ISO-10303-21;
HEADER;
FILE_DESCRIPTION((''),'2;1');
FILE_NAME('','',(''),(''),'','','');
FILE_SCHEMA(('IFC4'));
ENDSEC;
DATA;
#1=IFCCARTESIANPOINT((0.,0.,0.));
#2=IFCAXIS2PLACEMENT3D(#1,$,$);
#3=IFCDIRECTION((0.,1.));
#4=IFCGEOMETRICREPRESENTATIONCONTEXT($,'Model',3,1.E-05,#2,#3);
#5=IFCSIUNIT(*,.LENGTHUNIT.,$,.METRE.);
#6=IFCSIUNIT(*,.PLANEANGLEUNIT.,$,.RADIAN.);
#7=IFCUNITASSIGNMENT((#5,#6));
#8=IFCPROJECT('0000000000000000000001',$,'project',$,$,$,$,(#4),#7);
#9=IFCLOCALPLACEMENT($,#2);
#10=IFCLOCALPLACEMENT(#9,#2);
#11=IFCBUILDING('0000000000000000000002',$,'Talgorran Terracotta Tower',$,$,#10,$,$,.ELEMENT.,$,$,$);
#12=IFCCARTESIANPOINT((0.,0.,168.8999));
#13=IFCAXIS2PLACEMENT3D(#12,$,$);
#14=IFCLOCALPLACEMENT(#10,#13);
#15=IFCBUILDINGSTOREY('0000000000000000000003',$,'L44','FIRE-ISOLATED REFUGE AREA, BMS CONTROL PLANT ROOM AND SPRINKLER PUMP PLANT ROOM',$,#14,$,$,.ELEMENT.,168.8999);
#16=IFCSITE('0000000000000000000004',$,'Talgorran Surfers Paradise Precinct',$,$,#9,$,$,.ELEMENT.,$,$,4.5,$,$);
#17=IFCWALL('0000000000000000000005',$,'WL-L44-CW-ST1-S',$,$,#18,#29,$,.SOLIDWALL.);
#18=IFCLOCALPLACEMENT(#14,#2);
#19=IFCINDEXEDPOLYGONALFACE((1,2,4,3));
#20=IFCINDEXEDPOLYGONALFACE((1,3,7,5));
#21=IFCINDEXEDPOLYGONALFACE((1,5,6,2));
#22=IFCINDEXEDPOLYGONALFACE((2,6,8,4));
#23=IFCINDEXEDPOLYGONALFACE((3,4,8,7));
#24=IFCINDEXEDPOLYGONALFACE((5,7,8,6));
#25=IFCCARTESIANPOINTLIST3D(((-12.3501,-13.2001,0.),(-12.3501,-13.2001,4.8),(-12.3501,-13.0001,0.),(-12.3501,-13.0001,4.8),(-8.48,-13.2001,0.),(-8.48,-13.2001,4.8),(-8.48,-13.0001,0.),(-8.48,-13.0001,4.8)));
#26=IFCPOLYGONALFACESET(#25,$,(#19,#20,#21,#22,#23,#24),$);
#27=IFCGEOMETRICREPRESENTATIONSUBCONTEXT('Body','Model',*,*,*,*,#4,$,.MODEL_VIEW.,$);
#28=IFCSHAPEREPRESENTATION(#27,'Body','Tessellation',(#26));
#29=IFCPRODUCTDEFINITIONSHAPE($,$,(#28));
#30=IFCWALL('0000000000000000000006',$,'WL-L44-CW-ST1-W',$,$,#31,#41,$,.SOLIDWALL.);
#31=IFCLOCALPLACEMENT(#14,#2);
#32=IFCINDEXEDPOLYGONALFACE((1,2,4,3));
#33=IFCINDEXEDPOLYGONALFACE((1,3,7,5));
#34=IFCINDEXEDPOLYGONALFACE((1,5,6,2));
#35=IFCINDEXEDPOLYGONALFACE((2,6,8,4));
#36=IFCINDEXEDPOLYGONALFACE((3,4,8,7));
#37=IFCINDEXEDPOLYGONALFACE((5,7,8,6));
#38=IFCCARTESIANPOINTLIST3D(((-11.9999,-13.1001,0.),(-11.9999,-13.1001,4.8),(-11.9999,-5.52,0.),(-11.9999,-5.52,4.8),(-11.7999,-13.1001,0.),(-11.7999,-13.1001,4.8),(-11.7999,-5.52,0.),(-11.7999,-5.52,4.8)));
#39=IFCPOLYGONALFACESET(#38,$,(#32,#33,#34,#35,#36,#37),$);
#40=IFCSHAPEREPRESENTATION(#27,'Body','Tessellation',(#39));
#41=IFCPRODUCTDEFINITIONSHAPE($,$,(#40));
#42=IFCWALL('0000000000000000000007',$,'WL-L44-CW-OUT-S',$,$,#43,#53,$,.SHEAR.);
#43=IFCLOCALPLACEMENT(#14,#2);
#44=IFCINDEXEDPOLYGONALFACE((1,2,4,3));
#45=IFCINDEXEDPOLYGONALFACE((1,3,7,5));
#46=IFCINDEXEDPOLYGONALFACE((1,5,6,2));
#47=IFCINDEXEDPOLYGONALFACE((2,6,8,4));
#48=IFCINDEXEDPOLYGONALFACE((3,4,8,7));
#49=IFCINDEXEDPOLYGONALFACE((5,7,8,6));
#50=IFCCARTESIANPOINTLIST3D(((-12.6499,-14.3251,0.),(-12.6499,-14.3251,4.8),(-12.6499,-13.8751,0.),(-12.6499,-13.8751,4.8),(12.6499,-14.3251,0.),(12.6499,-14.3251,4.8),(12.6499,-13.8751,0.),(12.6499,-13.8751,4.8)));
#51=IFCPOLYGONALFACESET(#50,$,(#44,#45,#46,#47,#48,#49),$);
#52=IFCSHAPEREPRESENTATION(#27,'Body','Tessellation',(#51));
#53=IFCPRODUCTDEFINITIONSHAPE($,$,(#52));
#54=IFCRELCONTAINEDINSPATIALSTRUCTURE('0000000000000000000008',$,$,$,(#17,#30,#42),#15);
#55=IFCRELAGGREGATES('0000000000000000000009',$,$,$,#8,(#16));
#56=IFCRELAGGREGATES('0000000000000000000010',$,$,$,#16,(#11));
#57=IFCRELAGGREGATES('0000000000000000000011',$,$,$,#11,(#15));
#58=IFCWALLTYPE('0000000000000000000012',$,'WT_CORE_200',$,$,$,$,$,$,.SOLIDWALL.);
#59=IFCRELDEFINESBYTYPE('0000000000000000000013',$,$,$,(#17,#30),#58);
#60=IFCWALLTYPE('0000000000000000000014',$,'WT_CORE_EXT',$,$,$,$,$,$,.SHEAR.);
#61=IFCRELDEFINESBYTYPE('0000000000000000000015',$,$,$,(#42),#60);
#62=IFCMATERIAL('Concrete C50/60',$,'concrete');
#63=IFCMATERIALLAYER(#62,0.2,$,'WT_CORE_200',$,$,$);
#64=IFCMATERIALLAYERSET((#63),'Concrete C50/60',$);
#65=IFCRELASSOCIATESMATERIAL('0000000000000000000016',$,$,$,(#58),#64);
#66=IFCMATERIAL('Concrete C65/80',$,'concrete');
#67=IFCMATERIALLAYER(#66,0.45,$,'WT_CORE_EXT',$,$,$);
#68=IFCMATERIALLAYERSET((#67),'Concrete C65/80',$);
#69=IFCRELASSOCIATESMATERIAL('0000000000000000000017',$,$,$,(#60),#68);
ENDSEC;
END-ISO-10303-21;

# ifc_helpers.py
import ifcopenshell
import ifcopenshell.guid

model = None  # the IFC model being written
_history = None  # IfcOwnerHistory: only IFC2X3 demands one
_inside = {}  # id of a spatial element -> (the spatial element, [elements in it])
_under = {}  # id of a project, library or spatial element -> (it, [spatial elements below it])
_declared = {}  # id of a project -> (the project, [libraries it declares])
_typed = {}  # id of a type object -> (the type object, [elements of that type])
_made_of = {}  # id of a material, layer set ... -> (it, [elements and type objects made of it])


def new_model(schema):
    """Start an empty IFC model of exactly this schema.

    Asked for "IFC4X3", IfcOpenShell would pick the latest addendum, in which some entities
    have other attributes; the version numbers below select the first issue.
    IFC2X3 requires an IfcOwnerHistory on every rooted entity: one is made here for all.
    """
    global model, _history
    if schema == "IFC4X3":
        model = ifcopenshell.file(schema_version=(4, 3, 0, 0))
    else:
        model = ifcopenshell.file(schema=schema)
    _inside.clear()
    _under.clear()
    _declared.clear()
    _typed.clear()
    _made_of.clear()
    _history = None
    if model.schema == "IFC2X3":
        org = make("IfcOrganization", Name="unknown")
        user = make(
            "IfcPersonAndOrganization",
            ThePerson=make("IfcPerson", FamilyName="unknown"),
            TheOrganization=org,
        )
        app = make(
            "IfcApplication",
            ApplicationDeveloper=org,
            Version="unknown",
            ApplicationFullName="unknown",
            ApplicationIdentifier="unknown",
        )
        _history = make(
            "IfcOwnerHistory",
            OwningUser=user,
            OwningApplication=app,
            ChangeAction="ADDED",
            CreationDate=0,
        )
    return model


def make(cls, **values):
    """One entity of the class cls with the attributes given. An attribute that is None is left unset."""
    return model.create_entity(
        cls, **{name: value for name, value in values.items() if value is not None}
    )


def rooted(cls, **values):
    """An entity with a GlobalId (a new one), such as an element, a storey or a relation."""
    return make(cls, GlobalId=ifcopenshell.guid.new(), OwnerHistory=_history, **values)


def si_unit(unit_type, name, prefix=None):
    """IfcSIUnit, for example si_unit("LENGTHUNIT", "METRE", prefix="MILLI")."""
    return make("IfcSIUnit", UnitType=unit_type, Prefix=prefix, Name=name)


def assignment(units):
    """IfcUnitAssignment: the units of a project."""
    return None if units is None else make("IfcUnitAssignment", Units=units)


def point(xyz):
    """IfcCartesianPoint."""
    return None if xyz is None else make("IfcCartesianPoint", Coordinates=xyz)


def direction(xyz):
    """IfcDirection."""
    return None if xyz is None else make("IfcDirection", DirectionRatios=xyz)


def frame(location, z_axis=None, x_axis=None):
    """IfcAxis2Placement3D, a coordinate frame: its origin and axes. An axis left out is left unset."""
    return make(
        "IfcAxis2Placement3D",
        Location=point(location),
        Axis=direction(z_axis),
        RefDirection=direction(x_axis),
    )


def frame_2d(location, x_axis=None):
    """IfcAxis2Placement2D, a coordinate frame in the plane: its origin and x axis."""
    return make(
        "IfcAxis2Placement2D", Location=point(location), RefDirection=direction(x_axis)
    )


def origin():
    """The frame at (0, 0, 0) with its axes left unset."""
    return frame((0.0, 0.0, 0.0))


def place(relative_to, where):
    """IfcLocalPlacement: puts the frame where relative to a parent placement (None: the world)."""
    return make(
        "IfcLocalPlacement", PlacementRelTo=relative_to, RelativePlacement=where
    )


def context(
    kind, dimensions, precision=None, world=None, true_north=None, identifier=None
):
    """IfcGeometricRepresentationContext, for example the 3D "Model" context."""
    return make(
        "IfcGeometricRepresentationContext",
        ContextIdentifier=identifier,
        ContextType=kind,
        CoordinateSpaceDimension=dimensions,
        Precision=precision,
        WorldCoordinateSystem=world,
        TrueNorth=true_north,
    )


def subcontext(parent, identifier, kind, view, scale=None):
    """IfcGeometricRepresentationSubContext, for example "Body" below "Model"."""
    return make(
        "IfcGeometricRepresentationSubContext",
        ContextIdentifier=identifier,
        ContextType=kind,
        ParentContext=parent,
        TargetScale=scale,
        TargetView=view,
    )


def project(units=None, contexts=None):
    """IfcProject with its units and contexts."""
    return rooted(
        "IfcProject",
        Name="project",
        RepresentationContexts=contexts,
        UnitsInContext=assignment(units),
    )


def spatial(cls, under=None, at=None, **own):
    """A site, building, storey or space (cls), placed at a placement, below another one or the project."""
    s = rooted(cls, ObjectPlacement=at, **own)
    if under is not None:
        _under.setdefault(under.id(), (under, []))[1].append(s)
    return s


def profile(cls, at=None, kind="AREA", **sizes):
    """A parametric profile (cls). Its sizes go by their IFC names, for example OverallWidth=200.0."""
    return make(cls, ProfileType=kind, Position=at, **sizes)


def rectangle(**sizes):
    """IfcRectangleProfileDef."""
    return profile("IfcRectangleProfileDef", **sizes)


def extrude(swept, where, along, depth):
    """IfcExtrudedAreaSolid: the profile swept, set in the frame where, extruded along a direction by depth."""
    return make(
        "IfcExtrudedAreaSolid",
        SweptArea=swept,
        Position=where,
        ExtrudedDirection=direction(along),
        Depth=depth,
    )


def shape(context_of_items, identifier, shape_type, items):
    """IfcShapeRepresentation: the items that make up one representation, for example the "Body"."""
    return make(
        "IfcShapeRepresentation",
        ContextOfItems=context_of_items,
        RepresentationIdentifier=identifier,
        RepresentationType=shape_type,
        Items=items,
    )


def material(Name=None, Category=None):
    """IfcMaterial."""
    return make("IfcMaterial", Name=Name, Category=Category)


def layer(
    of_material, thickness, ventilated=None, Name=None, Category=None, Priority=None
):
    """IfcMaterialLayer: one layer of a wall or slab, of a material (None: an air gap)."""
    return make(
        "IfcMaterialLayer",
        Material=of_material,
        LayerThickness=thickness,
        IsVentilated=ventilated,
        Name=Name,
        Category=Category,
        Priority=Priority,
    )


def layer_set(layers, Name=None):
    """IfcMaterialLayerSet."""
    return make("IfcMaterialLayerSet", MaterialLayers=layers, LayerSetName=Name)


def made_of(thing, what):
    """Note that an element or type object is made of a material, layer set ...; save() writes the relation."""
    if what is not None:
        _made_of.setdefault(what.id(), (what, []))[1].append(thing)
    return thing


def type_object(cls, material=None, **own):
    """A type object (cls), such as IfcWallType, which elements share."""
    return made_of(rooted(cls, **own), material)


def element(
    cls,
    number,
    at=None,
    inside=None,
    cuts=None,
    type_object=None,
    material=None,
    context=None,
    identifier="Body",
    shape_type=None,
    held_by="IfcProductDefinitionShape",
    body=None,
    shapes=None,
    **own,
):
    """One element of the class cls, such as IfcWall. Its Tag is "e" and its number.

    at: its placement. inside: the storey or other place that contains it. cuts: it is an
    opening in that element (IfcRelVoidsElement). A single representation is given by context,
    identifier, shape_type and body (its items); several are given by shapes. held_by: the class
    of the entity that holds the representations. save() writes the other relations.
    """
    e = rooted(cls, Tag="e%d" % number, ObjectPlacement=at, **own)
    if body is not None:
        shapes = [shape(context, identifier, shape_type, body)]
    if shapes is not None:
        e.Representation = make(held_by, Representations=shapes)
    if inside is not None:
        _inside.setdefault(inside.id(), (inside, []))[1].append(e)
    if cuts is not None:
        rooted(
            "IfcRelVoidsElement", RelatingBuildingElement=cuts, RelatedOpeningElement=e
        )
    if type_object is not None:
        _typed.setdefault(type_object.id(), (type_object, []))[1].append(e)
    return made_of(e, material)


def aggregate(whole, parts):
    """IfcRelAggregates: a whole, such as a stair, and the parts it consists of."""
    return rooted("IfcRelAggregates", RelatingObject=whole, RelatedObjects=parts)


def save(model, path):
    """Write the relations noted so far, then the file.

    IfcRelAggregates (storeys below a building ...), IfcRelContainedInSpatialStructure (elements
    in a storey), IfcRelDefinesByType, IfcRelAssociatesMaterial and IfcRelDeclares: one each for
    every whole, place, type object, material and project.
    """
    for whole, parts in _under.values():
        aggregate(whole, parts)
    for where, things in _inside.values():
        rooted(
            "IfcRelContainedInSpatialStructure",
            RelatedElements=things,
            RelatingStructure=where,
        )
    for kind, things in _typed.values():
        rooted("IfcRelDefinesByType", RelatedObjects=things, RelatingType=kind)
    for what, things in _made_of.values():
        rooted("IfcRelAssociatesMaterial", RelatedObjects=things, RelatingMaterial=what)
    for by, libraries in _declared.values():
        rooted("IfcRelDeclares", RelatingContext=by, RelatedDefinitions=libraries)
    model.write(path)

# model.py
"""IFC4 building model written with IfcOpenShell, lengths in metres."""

from ifc_helpers import new_model, si_unit, direction, frame, frame_2d, origin, place, context, subcontext, project, spatial, rectangle, extrude, material, layer, layer_set, type_object, element, save


model = new_model("IFC4")

# Units and contexts
model_context = context("Model", 3, precision=1e-05, world=origin(), true_north=direction((0.0, 1.0)))
body_context = subcontext(model_context, "Body", "Model", "MODEL_VIEW")
ifc_project = project(units=[si_unit("LENGTHUNIT", "METRE"), si_unit("PLANEANGLEUNIT", "RADIAN")], contexts=[model_context])

# Site, building, storey
site_placement = place(None, origin())
site = spatial("IfcSite", under=ifc_project, at=site_placement, Name="Talgorran Surfers Paradise Precinct", CompositionType="ELEMENT", RefElevation=4.5)
building_placement = place(site_placement, origin())
building = spatial("IfcBuilding", under=site, at=building_placement, Name="Talgorran Terracotta Tower", CompositionType="ELEMENT")
storey_placement = place(building_placement, frame((0.0, 0.0, 168.8999)))
storey = spatial("IfcBuildingStorey", under=building, at=storey_placement, Name="L44", Description="FIRE-ISOLATED REFUGE AREA, BMS CONTROL PLANT ROOM AND SPRINKLER PUMP PLANT ROOM", CompositionType="ELEMENT", Elevation=168.8999)

# Walls
ifc_material_1 = material(Name="Concrete C50/60", Category="concrete")
ifc_layer_1 = layer(ifc_material_1, 0.2, Name="WT_CORE_200")
ifc_layer_set_1 = layer_set([ifc_layer_1], Name="Concrete C50/60")
wall_type_1 = type_object("IfcWallType", Name="WT_CORE_200", PredefinedType="SOLIDWALL", material=ifc_layer_set_1)
for number, where, z_axis, x_axis, name in (
    (1, (-12.3501, -13.1001, 0.0), (0.0, 0.0, 1.0), (1.0, 0.0, 0.0), "WL-L44-CW-ST1-S"),
):
    element("IfcWall", number, at=place(storey_placement, frame(where, z_axis=z_axis, x_axis=x_axis)), inside=storey, type_object=wall_type_1, Name=name, PredefinedType="SOLIDWALL", context=body_context, shape_type="SweptSolid", body=[
        extrude(rectangle(XDim=3.8701, YDim=0.2, at=frame_2d((1.9351, 0.0))), origin(), (0.0, 0.0, 1.0), 4.8),
    ])
wall_1_placement = place(storey_placement, frame((-11.8999, -13.1001, 0.0), z_axis=(0.0, 0.0, 1.0), x_axis=(0.0, 1.0, 0.0)))
element("IfcWall", 2, at=wall_1_placement, inside=storey, type_object=wall_type_1, Name="WL-L44-CW-ST1-W", PredefinedType="SOLIDWALL", context=body_context, shape_type="SweptSolid", body=[
    extrude(rectangle(XDim=7.5801, YDim=0.2, at=frame_2d((3.79, 0.0))), origin(), (0.0, 0.0, 1.0), 4.8),
])
ifc_material_2 = material(Name="Concrete C65/80", Category="concrete")
ifc_layer_2 = layer(ifc_material_2, 0.45, Name="WT_CORE_EXT")
ifc_layer_set_2 = layer_set([ifc_layer_2], Name="Concrete C65/80")
wall_type_2 = type_object("IfcWallType", Name="WT_CORE_EXT", PredefinedType="SHEAR", material=ifc_layer_set_2)
wall_2_placement = place(storey_placement, frame((-12.6499, -14.1001, 0.0), z_axis=(0.0, 0.0, 1.0), x_axis=(1.0, 0.0, 0.0)))
element("IfcWall", 3, at=wall_2_placement, inside=storey, type_object=wall_type_2, Name="WL-L44-CW-OUT-S", PredefinedType="SHEAR", context=body_context, shape_type="SweptSolid", body=[
    extrude(rectangle(XDim=25.2998, YDim=0.45, at=frame_2d((12.6499, 0.0))), origin(), (0.0, 0.0, 1.0), 4.8),
])

save(model, "model.ifc")
